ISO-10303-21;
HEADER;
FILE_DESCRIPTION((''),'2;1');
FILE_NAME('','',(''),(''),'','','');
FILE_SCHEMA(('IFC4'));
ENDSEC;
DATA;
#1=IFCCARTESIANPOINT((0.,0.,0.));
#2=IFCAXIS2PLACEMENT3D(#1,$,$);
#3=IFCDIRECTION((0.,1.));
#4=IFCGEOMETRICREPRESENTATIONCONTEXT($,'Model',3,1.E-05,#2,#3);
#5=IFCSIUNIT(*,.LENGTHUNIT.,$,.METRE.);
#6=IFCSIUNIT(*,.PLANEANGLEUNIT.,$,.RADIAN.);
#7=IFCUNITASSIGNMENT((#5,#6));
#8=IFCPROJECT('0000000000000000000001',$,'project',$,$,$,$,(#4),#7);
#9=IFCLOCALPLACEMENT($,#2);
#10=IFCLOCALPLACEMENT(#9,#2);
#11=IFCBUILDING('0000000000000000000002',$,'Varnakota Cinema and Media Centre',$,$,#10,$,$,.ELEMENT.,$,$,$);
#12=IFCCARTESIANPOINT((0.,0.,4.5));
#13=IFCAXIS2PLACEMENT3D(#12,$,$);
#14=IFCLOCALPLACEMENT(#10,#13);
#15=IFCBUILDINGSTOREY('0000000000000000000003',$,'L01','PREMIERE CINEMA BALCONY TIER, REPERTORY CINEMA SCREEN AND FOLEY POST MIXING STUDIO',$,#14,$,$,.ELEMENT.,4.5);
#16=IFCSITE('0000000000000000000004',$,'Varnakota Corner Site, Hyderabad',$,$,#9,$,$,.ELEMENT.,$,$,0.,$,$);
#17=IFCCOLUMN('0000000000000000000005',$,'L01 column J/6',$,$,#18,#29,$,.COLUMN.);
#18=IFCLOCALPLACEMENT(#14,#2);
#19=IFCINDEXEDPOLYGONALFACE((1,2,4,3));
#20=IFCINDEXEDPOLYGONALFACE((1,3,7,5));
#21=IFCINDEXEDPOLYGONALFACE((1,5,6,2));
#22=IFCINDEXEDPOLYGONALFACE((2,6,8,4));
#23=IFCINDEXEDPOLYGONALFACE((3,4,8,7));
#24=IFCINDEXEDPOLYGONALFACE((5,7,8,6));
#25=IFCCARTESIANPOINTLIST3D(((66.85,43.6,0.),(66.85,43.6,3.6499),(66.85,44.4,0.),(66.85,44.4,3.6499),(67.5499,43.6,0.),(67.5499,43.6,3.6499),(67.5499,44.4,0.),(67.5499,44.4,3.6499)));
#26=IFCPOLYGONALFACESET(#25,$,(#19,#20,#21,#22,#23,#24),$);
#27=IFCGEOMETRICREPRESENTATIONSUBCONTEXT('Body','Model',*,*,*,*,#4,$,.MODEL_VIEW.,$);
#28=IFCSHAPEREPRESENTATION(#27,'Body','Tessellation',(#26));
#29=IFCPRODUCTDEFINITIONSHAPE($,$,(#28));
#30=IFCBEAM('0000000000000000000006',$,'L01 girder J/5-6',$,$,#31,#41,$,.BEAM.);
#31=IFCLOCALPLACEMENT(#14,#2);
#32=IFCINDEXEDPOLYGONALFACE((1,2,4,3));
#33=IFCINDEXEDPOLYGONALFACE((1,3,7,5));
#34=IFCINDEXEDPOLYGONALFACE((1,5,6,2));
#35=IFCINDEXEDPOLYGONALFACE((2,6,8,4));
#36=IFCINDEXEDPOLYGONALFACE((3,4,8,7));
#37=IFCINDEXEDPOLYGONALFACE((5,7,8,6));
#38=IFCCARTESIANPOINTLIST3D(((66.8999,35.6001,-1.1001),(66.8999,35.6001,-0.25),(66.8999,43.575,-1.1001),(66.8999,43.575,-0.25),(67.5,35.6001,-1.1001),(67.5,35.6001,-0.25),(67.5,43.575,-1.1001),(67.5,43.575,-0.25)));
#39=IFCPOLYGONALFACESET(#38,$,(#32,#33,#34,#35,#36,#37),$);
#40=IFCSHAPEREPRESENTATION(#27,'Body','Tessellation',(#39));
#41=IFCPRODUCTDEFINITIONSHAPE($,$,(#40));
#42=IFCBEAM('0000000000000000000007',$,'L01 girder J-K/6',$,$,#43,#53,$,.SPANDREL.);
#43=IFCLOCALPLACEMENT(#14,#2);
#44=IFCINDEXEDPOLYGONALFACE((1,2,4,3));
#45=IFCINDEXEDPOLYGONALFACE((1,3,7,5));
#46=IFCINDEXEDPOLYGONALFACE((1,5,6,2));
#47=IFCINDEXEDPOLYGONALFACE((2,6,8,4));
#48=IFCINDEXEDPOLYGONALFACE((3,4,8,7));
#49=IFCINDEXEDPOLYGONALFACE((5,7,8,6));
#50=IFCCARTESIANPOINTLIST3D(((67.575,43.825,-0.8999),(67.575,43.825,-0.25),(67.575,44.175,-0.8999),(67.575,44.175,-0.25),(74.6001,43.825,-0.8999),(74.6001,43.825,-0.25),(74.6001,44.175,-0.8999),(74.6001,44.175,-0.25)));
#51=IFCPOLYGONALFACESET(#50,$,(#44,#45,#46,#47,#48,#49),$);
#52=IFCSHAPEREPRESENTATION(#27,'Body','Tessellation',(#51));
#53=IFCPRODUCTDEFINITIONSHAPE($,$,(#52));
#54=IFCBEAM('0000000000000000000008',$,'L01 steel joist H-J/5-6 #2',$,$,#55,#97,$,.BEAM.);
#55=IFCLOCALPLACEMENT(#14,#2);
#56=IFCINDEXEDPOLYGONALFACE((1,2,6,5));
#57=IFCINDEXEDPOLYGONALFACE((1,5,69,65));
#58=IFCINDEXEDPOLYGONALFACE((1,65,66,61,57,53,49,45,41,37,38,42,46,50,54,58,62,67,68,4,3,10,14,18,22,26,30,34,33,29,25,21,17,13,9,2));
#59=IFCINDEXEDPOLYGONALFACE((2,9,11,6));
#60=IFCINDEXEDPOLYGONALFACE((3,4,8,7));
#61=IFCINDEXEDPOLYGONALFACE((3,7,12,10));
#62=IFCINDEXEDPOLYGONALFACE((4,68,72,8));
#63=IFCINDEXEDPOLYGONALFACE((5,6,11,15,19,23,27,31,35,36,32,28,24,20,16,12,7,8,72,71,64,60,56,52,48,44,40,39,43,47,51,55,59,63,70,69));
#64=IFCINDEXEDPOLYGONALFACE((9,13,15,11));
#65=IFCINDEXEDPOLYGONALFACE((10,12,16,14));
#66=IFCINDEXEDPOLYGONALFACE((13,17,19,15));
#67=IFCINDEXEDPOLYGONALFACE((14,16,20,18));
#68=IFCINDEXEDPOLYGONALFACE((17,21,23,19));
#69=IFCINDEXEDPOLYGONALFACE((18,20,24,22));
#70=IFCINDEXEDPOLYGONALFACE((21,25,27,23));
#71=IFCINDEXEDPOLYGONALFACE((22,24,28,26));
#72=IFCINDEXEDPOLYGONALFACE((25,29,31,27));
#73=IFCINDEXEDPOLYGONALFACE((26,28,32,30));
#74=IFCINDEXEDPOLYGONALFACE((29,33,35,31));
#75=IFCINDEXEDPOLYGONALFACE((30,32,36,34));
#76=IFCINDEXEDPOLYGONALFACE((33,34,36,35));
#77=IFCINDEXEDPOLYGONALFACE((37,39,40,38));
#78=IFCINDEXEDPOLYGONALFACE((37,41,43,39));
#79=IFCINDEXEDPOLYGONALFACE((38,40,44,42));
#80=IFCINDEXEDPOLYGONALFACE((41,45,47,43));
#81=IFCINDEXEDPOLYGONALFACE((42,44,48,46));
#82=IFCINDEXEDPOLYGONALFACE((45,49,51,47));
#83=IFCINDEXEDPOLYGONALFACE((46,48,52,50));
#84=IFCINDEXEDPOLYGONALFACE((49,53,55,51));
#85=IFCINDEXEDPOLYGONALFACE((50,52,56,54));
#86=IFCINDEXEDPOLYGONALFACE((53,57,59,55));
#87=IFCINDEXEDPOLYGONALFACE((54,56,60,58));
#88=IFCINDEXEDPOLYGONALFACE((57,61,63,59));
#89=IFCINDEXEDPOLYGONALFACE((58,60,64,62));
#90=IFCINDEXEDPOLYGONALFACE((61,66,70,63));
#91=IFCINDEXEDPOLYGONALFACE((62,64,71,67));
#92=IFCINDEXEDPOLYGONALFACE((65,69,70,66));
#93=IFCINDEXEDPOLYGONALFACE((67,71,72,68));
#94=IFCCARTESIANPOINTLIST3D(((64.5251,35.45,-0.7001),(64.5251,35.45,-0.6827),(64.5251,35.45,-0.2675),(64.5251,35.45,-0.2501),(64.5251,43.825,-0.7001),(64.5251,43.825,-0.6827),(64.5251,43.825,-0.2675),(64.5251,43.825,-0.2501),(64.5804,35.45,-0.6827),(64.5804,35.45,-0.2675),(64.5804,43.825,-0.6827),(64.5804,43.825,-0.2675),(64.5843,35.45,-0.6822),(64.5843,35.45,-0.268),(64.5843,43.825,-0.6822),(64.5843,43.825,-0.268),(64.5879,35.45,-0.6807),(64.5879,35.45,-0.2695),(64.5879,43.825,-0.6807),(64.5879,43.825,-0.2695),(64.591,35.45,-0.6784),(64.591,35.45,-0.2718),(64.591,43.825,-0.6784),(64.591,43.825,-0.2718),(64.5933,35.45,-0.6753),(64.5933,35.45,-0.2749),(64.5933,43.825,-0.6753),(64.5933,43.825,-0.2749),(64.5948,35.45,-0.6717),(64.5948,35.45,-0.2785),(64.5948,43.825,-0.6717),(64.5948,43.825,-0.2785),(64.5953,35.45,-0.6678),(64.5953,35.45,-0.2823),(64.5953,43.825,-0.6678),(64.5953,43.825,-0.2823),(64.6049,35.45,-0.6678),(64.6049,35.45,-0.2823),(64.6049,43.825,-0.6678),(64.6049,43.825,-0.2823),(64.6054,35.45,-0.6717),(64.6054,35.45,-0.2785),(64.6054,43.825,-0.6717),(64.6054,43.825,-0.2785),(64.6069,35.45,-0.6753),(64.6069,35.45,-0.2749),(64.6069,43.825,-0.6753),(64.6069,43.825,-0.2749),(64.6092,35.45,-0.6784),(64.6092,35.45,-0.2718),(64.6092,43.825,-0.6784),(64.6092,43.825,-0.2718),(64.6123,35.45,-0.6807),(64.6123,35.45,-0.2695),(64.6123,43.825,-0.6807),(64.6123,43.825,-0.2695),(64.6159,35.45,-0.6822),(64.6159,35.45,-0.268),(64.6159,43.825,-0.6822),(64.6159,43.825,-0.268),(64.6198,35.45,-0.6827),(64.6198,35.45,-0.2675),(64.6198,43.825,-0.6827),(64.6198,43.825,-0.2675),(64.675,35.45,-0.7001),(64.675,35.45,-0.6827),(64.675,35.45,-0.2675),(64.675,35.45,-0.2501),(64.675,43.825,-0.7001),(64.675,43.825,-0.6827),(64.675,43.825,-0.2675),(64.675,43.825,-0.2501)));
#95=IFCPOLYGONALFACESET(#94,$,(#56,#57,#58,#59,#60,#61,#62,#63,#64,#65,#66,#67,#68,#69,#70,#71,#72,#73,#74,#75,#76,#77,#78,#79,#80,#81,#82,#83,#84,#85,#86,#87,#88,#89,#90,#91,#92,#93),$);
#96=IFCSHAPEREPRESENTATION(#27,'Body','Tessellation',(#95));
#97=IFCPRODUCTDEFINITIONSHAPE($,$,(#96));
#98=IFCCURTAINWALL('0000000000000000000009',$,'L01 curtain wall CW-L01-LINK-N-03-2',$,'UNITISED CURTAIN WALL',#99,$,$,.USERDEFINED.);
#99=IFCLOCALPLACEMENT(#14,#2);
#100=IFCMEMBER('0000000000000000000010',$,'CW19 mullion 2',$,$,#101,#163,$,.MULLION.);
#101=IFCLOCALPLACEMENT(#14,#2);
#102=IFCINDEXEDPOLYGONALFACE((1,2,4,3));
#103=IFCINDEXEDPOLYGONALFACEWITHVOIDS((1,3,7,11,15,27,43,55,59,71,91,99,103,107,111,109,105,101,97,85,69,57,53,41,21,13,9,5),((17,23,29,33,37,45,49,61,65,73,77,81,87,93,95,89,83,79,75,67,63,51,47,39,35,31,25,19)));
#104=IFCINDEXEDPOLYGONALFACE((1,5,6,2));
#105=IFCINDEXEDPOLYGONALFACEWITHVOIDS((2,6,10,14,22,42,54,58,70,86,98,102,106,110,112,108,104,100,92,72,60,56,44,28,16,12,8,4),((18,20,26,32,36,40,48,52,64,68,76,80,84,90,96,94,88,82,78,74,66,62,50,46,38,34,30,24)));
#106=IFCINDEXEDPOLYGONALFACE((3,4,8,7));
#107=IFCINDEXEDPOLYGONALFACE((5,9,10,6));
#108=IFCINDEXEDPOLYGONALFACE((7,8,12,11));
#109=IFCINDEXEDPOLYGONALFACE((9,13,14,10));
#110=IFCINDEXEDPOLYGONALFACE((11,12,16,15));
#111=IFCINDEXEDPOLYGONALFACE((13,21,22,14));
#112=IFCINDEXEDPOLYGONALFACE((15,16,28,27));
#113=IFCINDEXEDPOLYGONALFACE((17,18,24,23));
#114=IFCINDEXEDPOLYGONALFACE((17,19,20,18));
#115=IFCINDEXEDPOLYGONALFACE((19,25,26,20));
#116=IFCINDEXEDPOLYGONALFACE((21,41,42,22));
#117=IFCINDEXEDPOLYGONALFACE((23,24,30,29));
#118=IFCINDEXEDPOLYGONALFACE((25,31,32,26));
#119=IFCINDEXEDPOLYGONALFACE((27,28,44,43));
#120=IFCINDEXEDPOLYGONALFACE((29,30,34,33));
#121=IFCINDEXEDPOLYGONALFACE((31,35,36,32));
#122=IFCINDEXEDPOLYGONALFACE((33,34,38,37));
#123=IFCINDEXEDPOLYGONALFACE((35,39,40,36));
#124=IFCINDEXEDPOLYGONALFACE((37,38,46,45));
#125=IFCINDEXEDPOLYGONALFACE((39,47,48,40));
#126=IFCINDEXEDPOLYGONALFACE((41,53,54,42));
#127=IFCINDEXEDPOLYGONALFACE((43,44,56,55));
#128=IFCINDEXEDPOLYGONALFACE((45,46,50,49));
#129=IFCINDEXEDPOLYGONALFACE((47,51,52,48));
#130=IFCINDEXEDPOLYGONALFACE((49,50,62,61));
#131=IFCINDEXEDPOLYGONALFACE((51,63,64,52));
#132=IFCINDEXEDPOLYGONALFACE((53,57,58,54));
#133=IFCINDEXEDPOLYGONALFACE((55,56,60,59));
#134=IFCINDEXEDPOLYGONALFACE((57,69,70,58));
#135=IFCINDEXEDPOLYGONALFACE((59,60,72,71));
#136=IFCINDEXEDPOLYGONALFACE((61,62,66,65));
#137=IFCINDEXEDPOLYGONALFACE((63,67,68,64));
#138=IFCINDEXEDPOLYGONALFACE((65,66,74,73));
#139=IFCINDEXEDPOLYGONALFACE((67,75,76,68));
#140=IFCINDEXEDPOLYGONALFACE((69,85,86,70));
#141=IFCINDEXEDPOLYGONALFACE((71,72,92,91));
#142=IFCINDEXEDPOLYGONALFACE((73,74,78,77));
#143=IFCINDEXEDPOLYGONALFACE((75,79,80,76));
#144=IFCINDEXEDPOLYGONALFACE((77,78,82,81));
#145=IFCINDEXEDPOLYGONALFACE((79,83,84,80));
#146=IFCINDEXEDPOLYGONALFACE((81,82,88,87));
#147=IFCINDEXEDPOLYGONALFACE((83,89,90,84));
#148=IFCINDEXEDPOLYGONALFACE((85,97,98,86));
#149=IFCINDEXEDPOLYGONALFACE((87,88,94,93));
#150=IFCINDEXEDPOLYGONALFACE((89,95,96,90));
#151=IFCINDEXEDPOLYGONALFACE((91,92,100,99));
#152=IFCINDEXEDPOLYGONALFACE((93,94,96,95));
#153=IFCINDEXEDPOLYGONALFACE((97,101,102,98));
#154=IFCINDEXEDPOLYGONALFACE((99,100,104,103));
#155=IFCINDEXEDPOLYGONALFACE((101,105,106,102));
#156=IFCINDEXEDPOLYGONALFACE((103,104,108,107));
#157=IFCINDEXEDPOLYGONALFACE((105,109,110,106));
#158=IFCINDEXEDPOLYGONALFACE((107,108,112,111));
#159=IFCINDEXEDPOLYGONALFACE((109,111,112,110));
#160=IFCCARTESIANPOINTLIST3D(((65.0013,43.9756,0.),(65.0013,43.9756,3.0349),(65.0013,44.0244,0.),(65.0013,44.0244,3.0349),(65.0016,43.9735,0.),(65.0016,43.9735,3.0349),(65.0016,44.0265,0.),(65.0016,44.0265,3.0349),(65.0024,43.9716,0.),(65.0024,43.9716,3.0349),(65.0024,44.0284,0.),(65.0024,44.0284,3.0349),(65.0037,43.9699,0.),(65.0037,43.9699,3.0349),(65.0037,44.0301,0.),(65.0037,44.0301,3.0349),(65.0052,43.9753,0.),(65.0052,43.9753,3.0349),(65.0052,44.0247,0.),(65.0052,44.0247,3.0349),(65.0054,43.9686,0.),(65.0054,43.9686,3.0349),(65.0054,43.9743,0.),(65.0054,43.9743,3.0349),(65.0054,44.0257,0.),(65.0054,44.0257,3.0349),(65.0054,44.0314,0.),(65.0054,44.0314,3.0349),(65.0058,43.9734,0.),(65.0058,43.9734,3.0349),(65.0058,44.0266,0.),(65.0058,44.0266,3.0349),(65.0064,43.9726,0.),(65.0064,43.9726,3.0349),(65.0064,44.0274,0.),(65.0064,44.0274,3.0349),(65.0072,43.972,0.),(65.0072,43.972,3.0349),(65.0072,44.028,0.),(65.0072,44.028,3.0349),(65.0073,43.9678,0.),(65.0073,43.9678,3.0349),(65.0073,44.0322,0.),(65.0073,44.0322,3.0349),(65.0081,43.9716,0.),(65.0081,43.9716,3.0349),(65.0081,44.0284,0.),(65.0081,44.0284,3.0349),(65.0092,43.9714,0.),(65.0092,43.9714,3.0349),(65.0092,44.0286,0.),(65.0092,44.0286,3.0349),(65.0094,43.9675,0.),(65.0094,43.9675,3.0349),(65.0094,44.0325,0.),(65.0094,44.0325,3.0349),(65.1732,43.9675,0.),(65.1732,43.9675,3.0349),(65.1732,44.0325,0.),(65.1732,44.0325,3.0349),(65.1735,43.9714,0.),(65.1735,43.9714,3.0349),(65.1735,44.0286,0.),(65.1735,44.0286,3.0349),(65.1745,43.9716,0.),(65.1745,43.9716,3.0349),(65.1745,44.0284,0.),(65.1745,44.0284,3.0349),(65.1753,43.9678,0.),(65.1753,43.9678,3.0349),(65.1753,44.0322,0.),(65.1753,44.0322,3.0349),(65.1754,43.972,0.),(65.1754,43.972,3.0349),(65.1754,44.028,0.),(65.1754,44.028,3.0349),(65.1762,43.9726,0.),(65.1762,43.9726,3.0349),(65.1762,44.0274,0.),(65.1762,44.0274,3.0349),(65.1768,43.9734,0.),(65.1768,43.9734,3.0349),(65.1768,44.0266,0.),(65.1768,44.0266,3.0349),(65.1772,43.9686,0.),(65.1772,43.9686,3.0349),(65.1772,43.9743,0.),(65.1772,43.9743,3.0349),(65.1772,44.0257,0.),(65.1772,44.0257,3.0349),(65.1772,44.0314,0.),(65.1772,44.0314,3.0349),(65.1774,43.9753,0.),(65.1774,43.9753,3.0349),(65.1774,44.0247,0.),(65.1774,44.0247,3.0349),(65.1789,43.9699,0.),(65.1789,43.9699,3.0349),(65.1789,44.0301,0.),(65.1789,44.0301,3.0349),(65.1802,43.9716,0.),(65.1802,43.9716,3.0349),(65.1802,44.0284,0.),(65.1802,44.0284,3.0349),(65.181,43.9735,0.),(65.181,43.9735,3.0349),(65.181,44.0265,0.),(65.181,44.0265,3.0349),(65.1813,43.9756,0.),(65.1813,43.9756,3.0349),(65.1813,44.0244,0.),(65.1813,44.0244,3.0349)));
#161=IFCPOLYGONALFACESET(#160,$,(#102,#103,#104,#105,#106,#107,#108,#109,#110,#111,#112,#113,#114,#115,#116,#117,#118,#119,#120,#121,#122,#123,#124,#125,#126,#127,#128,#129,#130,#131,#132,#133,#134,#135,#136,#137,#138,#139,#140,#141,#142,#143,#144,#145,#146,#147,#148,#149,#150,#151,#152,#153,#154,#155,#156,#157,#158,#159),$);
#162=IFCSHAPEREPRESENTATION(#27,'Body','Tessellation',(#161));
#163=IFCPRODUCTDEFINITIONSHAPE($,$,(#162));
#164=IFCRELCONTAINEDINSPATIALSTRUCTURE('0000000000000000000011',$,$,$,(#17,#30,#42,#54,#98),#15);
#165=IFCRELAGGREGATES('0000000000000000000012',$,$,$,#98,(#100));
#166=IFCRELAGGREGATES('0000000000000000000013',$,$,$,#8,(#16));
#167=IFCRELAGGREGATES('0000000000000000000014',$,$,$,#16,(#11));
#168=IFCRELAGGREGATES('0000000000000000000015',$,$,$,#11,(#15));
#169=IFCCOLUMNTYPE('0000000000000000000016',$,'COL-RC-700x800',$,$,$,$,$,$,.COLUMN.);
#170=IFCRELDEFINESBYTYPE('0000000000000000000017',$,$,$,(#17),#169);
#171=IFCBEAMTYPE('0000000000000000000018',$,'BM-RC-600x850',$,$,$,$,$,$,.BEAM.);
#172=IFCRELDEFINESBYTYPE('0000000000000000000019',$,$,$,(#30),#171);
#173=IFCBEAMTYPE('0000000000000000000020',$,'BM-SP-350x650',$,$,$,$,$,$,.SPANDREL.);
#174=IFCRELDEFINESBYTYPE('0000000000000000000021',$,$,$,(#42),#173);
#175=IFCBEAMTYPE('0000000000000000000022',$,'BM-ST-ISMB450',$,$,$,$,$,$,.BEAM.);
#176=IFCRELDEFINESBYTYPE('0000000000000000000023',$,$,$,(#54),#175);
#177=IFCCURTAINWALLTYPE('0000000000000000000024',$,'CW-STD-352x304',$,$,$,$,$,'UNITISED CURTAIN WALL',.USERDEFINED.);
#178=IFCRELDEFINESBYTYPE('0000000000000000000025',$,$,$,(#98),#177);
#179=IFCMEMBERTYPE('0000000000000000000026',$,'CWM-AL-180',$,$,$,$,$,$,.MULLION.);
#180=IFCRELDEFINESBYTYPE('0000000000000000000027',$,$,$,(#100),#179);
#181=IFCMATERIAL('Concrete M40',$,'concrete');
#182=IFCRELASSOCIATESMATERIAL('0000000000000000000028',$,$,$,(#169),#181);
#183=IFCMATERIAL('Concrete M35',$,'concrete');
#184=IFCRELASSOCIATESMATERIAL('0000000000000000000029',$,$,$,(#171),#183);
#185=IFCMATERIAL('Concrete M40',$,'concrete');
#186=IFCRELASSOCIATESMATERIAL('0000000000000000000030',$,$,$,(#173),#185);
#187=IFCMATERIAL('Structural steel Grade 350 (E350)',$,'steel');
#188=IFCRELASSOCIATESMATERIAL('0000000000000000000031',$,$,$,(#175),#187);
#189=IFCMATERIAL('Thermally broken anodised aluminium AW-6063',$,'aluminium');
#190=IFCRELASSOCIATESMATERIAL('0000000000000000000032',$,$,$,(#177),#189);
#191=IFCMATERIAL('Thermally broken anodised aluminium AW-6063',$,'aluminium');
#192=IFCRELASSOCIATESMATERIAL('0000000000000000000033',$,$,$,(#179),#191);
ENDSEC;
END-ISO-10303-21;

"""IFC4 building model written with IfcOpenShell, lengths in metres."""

from ifc_helpers import new_model, si_unit, direction, frame, origin, origin_2d, place, context, subcontext, project, spatial, rectangle, hollow_rectangle, i_section, extrude, material, material_profile, profile_set, type_object, element, aggregate, save


model = new_model("IFC4")

# Units and contexts
model_context = context("Model", 3, precision=1e-05, world=origin(), true_north=direction((0.0, 1.0)))
body_context = subcontext(model_context, "Body", "Model", "MODEL_VIEW")
ifc_project = project(units=[si_unit("LENGTHUNIT", "METRE"), si_unit("PLANEANGLEUNIT", "RADIAN")], contexts=[model_context])

# Site, building, storey
site_placement = place(None, origin())
site = spatial("IfcSite", under=ifc_project, at=site_placement, Name="Varnakota Corner Site, Hyderabad", CompositionType="ELEMENT", RefElevation=0.0)
building_placement = place(site_placement, origin())
building = spatial("IfcBuilding", under=site, at=building_placement, Name="Varnakota Cinema and Media Centre", CompositionType="ELEMENT")
storey_placement = place(building_placement, frame((0.0, 0.0, 4.5)))
storey = spatial("IfcBuildingStorey", under=building, at=storey_placement, Name="L01", Description="PREMIERE CINEMA BALCONY TIER, REPERTORY CINEMA SCREEN AND FOLEY POST MIXING STUDIO", CompositionType="ELEMENT", Elevation=4.5)

# Column
ifc_material_1 = material(Name="Concrete M40", Category="concrete")
ifc_material_profile_1 = material_profile(ifc_material_1, rectangle(XDim=0.7, YDim=0.8, at=origin_2d()), Name="RC 700x800")
ifc_profile_set_1 = profile_set([ifc_material_profile_1], Name="Concrete M40")
column_type = type_object("IfcColumnType", Name="COL-RC-700x800", PredefinedType="COLUMN", material=ifc_profile_set_1)
column_placement = place(storey_placement, frame((67.2, 44.0, 0.0), z_axis=(0.0, 0.0, 1.0), x_axis=(1.0, 0.0, 0.0)))
element("IfcColumn", 1, at=column_placement, inside=storey, type_object=column_type, Name="L01 column J/6", PredefinedType="COLUMN", context=body_context, shape_type="SweptSolid", body=[
    extrude(rectangle(XDim=0.7, YDim=0.8, at=origin_2d()), origin(), (0.0, 0.0, 1.0), 3.6499),
])

# Beams
ifc_material_2 = material(Name="Concrete M35", Category="concrete")
ifc_material_profile_2 = material_profile(ifc_material_2, rectangle(XDim=0.6001, YDim=0.8501, at=origin_2d()), Name="RCB 600x850")
ifc_profile_set_2 = profile_set([ifc_material_profile_2], Name="Concrete M35")
beam_type_1 = type_object("IfcBeamType", Name="BM-RC-600x850", PredefinedType="BEAM", material=ifc_profile_set_2)
beam_1_placement = place(storey_placement, frame((67.2, 35.6001, -0.675), z_axis=(0.0, 1.0, 0.0), x_axis=(-1.0, 0.0, 0.0)))
element("IfcBeam", 2, at=beam_1_placement, inside=storey, type_object=beam_type_1, Name="L01 girder J/5-6", PredefinedType="BEAM", context=body_context, shape_type="SweptSolid", body=[
    extrude(rectangle(XDim=0.6001, YDim=0.8501, at=origin_2d()), origin(), (0.0, 0.0, 1.0), 7.9749),
])
ifc_material_3 = material(Name="Concrete M40", Category="concrete")
ifc_material_profile_3 = material_profile(ifc_material_3, rectangle(XDim=0.3501, YDim=0.6499, at=origin_2d()), Name="RCB 350x650")
ifc_profile_set_3 = profile_set([ifc_material_profile_3], Name="Concrete M40")
beam_type_2 = type_object("IfcBeamType", Name="BM-SP-350x650", PredefinedType="SPANDREL", material=ifc_profile_set_3)
beam_2_placement = place(storey_placement, frame((67.575, 44.0, -0.575), z_axis=(1.0, 0.0, 0.0), x_axis=(0.0, 1.0, 0.0)))
element("IfcBeam", 3, at=beam_2_placement, inside=storey, type_object=beam_type_2, Name="L01 girder J-K/6", PredefinedType="SPANDREL", context=body_context, shape_type="SweptSolid", body=[
    extrude(rectangle(XDim=0.3501, YDim=0.6499, at=origin_2d()), origin(), (0.0, 0.0, 1.0), 7.0251),
])
ifc_material_4 = material(Name="Structural steel Grade 350 (E350)", Category="steel")
ifc_material_profile_4 = material_profile(ifc_material_4, i_section(OverallWidth=0.1499, OverallDepth=0.45, WebThickness=0.0095, FlangeThickness=0.0173, FilletRadius=0.0149, at=origin_2d()), Name="ISMB 450")
ifc_profile_set_4 = profile_set([ifc_material_profile_4], Name="Structural steel Grade 350 (E350)")
beam_type_3 = type_object("IfcBeamType", Name="BM-ST-ISMB450", PredefinedType="BEAM", material=ifc_profile_set_4)
beam_3_placement = place(storey_placement, frame((64.6001, 35.45, -0.4751), z_axis=(0.0, 1.0, 0.0), x_axis=(-1.0, 0.0, 0.0)))
element("IfcBeam", 4, at=beam_3_placement, inside=storey, type_object=beam_type_3, Name="L01 steel joist H-J/5-6 #2", PredefinedType="BEAM", context=body_context, shape_type="SweptSolid", body=[
    extrude(i_section(OverallWidth=0.1499, OverallDepth=0.45, WebThickness=0.0095, FlangeThickness=0.0173, FilletRadius=0.0149, at=origin_2d()), origin(), (0.0, 0.0, 1.0), 8.375),
])

# Curtain wall, member
ifc_material_5 = material(Name="Thermally broken anodised aluminium AW-6063", Category="aluminium")
curtain_wall_type_1 = type_object("IfcCurtainWallType", Name="CW-STD-352x304", ElementType="UNITISED CURTAIN WALL", PredefinedType="USERDEFINED", material=ifc_material_5)
curtain_wall_1_placement = place(storey_placement, origin())
curtain_wall_1 = element("IfcCurtainWall", 5, at=curtain_wall_1_placement, inside=storey, type_object=curtain_wall_type_1, Name="L01 curtain wall CW-L01-LINK-N-03-2", ObjectType="UNITISED CURTAIN WALL", PredefinedType="USERDEFINED")
ifc_material_6 = material(Name="Thermally broken anodised aluminium AW-6063", Category="aluminium")
ifc_material_profile_5 = material_profile(ifc_material_6, hollow_rectangle(XDim=0.0649, YDim=0.1799, WallThickness=0.0039, InnerFilletRadius=0.0039, OuterFilletRadius=0.0081, at=origin_2d()), Name="AL-MULLION 180x65x4")
ifc_profile_set_5 = profile_set([ifc_material_profile_5], Name="Thermally broken anodised aluminium AW-6063")
member_type_1 = type_object("IfcMemberType", Name="CWM-AL-180", PredefinedType="MULLION", material=ifc_profile_set_5)
member_1_placement = place(storey_placement, frame((65.0913, 44.0, 0.0), z_axis=(0.0, 0.0, 1.0), x_axis=(0.0, 1.0, 0.0)))
member_1 = element("IfcMember", 6, at=member_1_placement, type_object=member_type_1, Name="CW19 mullion 2", PredefinedType="MULLION", context=body_context, shape_type="SweptSolid", body=[
    extrude(hollow_rectangle(XDim=0.0649, YDim=0.1799, WallThickness=0.0039, InnerFilletRadius=0.0039, OuterFilletRadius=0.0081, at=origin_2d()), origin(), (0.0, 0.0, 1.0), 3.0349),
])

aggregate(curtain_wall_1, [member_1])

save(model, "model.ifc")
